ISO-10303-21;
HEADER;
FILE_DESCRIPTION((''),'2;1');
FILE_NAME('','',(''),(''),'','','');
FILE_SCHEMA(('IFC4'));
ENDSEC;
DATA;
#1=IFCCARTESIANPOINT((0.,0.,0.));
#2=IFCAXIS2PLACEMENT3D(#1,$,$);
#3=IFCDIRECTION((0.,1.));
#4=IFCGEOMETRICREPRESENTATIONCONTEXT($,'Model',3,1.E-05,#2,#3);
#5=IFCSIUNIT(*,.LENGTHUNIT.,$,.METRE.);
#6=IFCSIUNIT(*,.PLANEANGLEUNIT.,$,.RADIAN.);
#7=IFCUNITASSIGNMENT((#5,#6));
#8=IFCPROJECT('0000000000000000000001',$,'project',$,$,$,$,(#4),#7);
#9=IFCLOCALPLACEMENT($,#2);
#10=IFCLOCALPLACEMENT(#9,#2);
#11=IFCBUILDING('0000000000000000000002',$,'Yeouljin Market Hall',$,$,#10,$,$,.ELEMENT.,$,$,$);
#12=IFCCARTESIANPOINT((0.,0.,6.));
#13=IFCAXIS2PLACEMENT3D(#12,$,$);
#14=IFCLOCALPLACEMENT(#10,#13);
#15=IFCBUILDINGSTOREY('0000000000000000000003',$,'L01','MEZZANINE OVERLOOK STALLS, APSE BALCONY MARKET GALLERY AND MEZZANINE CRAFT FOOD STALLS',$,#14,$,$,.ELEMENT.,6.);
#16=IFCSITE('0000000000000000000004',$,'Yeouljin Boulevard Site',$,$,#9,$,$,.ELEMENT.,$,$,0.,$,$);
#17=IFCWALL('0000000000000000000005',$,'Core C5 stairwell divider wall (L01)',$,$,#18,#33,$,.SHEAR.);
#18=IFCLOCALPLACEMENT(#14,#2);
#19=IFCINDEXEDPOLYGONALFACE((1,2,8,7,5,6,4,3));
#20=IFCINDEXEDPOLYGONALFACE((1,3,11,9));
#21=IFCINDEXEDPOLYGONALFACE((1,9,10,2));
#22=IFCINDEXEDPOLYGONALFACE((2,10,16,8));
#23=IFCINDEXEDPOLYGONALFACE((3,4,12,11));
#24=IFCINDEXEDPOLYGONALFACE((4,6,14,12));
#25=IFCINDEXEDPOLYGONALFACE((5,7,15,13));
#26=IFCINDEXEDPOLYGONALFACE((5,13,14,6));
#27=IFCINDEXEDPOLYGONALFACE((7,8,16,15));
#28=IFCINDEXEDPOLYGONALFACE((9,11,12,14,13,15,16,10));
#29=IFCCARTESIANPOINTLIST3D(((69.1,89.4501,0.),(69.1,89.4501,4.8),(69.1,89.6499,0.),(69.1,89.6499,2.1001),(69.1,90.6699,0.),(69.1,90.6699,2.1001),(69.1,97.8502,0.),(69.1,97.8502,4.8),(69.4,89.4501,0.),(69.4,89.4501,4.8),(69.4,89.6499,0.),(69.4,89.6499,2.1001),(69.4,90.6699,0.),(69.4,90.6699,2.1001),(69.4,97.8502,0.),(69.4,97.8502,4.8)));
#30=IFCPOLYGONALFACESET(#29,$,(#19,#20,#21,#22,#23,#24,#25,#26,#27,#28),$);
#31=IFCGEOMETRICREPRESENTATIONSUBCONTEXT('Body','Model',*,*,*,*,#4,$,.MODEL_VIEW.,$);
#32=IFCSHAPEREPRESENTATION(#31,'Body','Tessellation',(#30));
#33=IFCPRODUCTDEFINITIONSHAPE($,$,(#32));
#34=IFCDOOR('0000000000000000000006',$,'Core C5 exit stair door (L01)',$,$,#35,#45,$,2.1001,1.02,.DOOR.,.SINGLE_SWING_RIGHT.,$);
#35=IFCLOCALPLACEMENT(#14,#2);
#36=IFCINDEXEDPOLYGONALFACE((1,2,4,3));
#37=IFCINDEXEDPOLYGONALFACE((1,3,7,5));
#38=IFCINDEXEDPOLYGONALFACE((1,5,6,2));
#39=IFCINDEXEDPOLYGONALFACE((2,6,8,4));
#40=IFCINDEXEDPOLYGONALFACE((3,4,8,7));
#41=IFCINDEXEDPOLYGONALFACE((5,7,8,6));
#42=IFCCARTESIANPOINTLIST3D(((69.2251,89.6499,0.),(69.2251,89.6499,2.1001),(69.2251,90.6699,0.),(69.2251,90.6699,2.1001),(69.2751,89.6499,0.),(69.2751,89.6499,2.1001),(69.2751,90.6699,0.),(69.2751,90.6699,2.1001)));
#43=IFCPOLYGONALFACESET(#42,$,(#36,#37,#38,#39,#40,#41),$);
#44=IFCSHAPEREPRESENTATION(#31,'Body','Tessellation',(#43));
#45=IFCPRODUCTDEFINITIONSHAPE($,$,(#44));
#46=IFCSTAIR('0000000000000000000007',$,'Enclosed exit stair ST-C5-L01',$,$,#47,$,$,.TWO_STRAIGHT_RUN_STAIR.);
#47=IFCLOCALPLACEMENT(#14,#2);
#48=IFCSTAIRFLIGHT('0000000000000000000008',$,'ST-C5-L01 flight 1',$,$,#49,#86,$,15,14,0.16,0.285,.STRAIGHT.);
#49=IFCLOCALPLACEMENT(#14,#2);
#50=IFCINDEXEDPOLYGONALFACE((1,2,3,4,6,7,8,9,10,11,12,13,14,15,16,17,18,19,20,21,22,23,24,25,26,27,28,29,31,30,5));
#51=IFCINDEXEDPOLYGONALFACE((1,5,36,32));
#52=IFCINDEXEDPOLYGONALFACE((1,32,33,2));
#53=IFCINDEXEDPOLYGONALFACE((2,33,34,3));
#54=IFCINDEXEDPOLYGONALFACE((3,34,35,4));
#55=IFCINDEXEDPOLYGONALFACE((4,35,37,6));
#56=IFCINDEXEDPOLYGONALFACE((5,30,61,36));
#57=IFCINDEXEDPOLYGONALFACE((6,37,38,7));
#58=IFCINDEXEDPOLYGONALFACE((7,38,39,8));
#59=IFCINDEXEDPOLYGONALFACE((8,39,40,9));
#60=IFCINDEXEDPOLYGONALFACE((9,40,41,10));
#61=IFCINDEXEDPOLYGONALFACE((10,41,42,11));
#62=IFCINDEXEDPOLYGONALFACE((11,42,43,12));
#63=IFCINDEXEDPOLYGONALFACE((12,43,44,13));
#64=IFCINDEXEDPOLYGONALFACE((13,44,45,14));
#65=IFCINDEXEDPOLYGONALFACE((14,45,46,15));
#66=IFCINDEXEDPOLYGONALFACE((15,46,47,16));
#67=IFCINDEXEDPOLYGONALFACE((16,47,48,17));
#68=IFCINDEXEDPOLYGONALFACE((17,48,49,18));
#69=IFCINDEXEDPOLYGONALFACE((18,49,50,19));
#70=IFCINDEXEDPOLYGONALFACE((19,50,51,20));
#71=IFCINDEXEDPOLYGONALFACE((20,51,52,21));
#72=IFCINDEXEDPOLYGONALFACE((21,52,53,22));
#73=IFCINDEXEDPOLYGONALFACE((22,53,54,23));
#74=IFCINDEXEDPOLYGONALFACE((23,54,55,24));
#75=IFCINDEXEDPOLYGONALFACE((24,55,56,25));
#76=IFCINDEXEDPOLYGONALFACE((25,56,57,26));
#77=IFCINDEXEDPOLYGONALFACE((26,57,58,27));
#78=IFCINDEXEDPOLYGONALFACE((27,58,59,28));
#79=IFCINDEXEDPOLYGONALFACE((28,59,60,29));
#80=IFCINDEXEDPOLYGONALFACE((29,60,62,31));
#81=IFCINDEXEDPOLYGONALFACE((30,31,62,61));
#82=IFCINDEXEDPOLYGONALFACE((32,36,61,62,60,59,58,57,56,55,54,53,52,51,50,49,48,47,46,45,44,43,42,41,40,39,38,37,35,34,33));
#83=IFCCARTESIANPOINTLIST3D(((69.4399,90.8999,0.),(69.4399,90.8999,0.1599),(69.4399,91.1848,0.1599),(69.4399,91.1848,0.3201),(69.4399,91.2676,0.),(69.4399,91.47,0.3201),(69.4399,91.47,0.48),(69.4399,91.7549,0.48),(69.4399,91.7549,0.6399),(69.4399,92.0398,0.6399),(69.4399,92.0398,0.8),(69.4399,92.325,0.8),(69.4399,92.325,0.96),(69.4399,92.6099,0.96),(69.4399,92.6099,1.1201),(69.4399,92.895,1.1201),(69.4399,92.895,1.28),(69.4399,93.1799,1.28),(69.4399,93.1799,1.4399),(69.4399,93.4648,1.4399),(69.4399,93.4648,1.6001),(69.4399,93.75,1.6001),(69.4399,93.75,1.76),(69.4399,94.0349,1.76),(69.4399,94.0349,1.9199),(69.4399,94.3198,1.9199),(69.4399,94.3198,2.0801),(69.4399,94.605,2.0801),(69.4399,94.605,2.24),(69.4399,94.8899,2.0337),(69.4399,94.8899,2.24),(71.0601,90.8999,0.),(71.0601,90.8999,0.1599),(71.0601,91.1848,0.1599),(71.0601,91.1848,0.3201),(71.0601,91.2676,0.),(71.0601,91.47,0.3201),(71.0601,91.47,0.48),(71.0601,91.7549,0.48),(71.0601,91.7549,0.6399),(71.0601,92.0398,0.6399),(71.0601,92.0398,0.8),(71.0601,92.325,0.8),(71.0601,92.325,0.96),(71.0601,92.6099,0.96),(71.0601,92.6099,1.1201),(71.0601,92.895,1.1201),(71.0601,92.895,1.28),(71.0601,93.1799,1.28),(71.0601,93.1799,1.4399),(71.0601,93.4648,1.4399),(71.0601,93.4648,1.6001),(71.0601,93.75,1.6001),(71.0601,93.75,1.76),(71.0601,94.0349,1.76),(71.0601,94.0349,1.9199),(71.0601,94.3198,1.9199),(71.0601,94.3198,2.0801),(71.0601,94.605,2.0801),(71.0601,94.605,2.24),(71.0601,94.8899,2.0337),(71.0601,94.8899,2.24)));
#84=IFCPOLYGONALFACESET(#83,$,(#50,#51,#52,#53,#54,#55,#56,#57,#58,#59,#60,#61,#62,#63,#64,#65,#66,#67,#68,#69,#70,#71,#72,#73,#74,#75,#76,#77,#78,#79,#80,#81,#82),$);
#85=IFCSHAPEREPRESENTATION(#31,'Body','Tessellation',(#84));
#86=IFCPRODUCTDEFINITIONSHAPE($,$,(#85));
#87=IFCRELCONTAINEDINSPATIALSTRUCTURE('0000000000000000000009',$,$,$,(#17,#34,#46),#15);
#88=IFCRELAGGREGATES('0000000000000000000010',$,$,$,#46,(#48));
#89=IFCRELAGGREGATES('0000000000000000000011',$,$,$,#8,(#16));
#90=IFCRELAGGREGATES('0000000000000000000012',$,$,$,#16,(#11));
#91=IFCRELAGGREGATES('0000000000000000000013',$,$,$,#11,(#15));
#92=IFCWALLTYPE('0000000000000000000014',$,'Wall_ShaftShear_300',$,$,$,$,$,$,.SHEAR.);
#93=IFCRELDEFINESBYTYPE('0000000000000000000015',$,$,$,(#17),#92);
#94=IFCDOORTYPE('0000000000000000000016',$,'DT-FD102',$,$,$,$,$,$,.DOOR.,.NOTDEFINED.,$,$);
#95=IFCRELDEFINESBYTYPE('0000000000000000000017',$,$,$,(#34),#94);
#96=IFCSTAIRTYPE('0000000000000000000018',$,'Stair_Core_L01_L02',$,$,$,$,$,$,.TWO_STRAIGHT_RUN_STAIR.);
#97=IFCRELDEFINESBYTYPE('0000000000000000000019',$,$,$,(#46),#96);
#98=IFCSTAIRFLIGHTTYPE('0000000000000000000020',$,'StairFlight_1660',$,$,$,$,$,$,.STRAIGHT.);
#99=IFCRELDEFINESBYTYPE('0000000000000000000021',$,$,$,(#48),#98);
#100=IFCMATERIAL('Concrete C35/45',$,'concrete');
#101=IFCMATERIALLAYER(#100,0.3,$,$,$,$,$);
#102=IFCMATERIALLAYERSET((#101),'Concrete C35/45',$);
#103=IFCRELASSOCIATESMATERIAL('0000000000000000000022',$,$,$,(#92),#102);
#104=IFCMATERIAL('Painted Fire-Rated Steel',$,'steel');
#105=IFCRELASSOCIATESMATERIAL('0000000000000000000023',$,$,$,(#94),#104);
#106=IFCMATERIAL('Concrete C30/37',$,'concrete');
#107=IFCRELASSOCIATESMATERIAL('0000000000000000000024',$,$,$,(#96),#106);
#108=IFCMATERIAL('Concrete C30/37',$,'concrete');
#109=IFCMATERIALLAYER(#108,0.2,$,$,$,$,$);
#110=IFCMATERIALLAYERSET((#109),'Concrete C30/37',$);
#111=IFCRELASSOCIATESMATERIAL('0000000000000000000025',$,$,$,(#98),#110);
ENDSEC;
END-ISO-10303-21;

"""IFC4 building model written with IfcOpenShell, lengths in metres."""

from ifc_helpers import new_model, si_unit, direction, frame, frame_2d, origin, place, context, subcontext, project, spatial, polyline, rectangle, outline, extrude, material, layer, layer_set, type_object, element, fill, aggregate, save


model = new_model("IFC4")

# Units and contexts
model_context = context("Model", 3, precision=1e-05, world=origin(), true_north=direction((0.0, 1.0)))
body_context = subcontext(model_context, "Body", "Model", "MODEL_VIEW")
ifc_project = project(units=[si_unit("LENGTHUNIT", "METRE"), si_unit("PLANEANGLEUNIT", "RADIAN")], contexts=[model_context])

# Site, building, storey
site_placement = place(None, origin())
site = spatial("IfcSite", under=ifc_project, at=site_placement, Name="Yeouljin Boulevard Site", CompositionType="ELEMENT", RefElevation=0.0)
building_placement = place(site_placement, origin())
building = spatial("IfcBuilding", under=site, at=building_placement, Name="Yeouljin Market Hall", CompositionType="ELEMENT")
storey_placement = place(building_placement, frame((0.0, 0.0, 6.0)))
storey = spatial("IfcBuildingStorey", under=building, at=storey_placement, Name="L01", Description="MEZZANINE OVERLOOK STALLS, APSE BALCONY MARKET GALLERY AND MEZZANINE CRAFT FOOD STALLS", CompositionType="ELEMENT", Elevation=6.0)

# Wall, opening, door
ifc_material_1 = material(Name="Concrete C35/45", Category="concrete")
ifc_layer_1 = layer(ifc_material_1, 0.3)
ifc_layer_set_1 = layer_set([ifc_layer_1], Name="Concrete C35/45")
wall_type_1 = type_object("IfcWallType", Name="Wall_ShaftShear_300", PredefinedType="SHEAR", material=ifc_layer_set_1)
wall_1_placement = place(storey_placement, frame((69.25, 89.45, 0.0), z_axis=(0.0, 0.0, 1.0), x_axis=(0.0, 1.0, 0.0)))
wall_1 = element("IfcWall", 1, at=wall_1_placement, inside=storey, type_object=wall_type_1, Name="Core C5 stairwell divider wall (L01)", PredefinedType="SHEAR", context=body_context, shape_type="SweptSolid", body=[
    extrude(rectangle(XDim=8.4001, YDim=0.3, at=frame_2d((4.2002, 0.0))), origin(), (0.0, 0.0, 1.0), 4.8),
])
opening_1_placement = place(wall_1_placement, frame((0.2, 0.0, 0.0)))
opening_1 = element("IfcOpeningElement", 2, at=opening_1_placement, cuts=wall_1, PredefinedType="OPENING", context=body_context, shape_type="SweptSolid", body=[
    extrude(rectangle(XDim=1.02, YDim=2.1001, at=frame_2d((0.51, 1.05))), frame((0.0, 0.1599, 0.0), z_axis=(0.0, -1.0, 0.0), x_axis=(1.0, 0.0, 0.0)), (0.0, 0.0, 1.0), 0.3201),
])
ifc_material_2 = material(Name="Painted Fire-Rated Steel", Category="steel")
door_type_1 = type_object("IfcDoorType", Name="DT-FD102", OperationType="NOTDEFINED", PredefinedType="DOOR", material=ifc_material_2)
door_1_placement = place(opening_1_placement, origin())
door_1 = element("IfcDoor", 3, at=door_1_placement, inside=storey, type_object=door_type_1, Name="Core C5 exit stair door (L01)", OperationType="SINGLE_SWING_RIGHT", OverallHeight=2.1001, OverallWidth=1.02, PredefinedType="DOOR", context=body_context, shape_type="SweptSolid", body=[
    extrude(rectangle(XDim=1.02, YDim=2.1001, at=frame_2d((0.51, 1.05))), frame((0.0, 0.0249, 0.0), z_axis=(0.0, -1.0, 0.0), x_axis=(1.0, 0.0, 0.0)), (0.0, 0.0, 1.0), 0.05),
])
fill(opening_1, door_1)

# Stair, stair flight
ifc_material_3 = material(Name="Concrete C30/37", Category="concrete")
stair_type = type_object("IfcStairType", Name="Stair_Core_L01_L02", PredefinedType="TWO_STRAIGHT_RUN_STAIR", material=ifc_material_3)
stair_placement = place(storey_placement, origin())
stair = element("IfcStair", 4, at=stair_placement, inside=storey, type_object=stair_type, Name="Enclosed exit stair ST-C5-L01", PredefinedType="TWO_STRAIGHT_RUN_STAIR")
ifc_material_4 = material(Name="Concrete C30/37", Category="concrete")
ifc_layer_2 = layer(ifc_material_4, 0.2)
ifc_layer_set_2 = layer_set([ifc_layer_2], Name="Concrete C30/37")
stair_flight_type = type_object("IfcStairFlightType", Name="StairFlight_1660", PredefinedType="STRAIGHT", material=ifc_layer_set_2)
stair_flight_placement = place(storey_placement, frame((70.25, 90.8999, 0.0), z_axis=(0.0, 0.0, 1.0), x_axis=(0.0, 1.0, 0.0)))
stair_flight = element("IfcStairFlight", 5, at=stair_flight_placement, type_object=stair_flight_type, Name="ST-C5-L01 flight 1", NumberOfRisers=15, NumberOfTreads=14, PredefinedType="STRAIGHT", RiserHeight=0.16, TreadLength=0.285, context=body_context, shape_type="SweptSolid", body=[
    extrude(outline(polyline([(0.0, 0.0), (0.0, 0.1599), (0.2849, 0.1599), (0.2849, 0.3201), (0.5701, 0.3201), (0.5701, 0.48), (0.855, 0.48), (0.855, 0.6399), (1.1399, 0.6399), (1.1399, 0.8), (1.425, 0.8), (1.425, 0.96), (1.71, 0.96), (1.71, 1.1201), (1.9951, 1.1201), (1.9951, 1.28), (2.28, 1.28), (2.28, 1.4399), (2.5649, 1.4399), (2.5649, 1.6001), (2.8501, 1.6001), (2.8501, 1.76), (3.135, 1.76), (3.135, 1.9199), (3.4199, 1.9199), (3.4199, 2.0801), (3.7051, 2.0801), (3.7051, 2.24), (3.99, 2.24), (3.99, 2.3999), (3.99, 2.0337), (0.3677, 0.0), (0.0, 0.0)])), frame((0.0, 0.8101, 0.0), z_axis=(0.0, -1.0, 0.0), x_axis=(1.0, 0.0, 0.0)), (0.0, 0.0, 1.0), 1.6201),
])
aggregate(stair, [stair_flight])

save(model, "model.ifc")
